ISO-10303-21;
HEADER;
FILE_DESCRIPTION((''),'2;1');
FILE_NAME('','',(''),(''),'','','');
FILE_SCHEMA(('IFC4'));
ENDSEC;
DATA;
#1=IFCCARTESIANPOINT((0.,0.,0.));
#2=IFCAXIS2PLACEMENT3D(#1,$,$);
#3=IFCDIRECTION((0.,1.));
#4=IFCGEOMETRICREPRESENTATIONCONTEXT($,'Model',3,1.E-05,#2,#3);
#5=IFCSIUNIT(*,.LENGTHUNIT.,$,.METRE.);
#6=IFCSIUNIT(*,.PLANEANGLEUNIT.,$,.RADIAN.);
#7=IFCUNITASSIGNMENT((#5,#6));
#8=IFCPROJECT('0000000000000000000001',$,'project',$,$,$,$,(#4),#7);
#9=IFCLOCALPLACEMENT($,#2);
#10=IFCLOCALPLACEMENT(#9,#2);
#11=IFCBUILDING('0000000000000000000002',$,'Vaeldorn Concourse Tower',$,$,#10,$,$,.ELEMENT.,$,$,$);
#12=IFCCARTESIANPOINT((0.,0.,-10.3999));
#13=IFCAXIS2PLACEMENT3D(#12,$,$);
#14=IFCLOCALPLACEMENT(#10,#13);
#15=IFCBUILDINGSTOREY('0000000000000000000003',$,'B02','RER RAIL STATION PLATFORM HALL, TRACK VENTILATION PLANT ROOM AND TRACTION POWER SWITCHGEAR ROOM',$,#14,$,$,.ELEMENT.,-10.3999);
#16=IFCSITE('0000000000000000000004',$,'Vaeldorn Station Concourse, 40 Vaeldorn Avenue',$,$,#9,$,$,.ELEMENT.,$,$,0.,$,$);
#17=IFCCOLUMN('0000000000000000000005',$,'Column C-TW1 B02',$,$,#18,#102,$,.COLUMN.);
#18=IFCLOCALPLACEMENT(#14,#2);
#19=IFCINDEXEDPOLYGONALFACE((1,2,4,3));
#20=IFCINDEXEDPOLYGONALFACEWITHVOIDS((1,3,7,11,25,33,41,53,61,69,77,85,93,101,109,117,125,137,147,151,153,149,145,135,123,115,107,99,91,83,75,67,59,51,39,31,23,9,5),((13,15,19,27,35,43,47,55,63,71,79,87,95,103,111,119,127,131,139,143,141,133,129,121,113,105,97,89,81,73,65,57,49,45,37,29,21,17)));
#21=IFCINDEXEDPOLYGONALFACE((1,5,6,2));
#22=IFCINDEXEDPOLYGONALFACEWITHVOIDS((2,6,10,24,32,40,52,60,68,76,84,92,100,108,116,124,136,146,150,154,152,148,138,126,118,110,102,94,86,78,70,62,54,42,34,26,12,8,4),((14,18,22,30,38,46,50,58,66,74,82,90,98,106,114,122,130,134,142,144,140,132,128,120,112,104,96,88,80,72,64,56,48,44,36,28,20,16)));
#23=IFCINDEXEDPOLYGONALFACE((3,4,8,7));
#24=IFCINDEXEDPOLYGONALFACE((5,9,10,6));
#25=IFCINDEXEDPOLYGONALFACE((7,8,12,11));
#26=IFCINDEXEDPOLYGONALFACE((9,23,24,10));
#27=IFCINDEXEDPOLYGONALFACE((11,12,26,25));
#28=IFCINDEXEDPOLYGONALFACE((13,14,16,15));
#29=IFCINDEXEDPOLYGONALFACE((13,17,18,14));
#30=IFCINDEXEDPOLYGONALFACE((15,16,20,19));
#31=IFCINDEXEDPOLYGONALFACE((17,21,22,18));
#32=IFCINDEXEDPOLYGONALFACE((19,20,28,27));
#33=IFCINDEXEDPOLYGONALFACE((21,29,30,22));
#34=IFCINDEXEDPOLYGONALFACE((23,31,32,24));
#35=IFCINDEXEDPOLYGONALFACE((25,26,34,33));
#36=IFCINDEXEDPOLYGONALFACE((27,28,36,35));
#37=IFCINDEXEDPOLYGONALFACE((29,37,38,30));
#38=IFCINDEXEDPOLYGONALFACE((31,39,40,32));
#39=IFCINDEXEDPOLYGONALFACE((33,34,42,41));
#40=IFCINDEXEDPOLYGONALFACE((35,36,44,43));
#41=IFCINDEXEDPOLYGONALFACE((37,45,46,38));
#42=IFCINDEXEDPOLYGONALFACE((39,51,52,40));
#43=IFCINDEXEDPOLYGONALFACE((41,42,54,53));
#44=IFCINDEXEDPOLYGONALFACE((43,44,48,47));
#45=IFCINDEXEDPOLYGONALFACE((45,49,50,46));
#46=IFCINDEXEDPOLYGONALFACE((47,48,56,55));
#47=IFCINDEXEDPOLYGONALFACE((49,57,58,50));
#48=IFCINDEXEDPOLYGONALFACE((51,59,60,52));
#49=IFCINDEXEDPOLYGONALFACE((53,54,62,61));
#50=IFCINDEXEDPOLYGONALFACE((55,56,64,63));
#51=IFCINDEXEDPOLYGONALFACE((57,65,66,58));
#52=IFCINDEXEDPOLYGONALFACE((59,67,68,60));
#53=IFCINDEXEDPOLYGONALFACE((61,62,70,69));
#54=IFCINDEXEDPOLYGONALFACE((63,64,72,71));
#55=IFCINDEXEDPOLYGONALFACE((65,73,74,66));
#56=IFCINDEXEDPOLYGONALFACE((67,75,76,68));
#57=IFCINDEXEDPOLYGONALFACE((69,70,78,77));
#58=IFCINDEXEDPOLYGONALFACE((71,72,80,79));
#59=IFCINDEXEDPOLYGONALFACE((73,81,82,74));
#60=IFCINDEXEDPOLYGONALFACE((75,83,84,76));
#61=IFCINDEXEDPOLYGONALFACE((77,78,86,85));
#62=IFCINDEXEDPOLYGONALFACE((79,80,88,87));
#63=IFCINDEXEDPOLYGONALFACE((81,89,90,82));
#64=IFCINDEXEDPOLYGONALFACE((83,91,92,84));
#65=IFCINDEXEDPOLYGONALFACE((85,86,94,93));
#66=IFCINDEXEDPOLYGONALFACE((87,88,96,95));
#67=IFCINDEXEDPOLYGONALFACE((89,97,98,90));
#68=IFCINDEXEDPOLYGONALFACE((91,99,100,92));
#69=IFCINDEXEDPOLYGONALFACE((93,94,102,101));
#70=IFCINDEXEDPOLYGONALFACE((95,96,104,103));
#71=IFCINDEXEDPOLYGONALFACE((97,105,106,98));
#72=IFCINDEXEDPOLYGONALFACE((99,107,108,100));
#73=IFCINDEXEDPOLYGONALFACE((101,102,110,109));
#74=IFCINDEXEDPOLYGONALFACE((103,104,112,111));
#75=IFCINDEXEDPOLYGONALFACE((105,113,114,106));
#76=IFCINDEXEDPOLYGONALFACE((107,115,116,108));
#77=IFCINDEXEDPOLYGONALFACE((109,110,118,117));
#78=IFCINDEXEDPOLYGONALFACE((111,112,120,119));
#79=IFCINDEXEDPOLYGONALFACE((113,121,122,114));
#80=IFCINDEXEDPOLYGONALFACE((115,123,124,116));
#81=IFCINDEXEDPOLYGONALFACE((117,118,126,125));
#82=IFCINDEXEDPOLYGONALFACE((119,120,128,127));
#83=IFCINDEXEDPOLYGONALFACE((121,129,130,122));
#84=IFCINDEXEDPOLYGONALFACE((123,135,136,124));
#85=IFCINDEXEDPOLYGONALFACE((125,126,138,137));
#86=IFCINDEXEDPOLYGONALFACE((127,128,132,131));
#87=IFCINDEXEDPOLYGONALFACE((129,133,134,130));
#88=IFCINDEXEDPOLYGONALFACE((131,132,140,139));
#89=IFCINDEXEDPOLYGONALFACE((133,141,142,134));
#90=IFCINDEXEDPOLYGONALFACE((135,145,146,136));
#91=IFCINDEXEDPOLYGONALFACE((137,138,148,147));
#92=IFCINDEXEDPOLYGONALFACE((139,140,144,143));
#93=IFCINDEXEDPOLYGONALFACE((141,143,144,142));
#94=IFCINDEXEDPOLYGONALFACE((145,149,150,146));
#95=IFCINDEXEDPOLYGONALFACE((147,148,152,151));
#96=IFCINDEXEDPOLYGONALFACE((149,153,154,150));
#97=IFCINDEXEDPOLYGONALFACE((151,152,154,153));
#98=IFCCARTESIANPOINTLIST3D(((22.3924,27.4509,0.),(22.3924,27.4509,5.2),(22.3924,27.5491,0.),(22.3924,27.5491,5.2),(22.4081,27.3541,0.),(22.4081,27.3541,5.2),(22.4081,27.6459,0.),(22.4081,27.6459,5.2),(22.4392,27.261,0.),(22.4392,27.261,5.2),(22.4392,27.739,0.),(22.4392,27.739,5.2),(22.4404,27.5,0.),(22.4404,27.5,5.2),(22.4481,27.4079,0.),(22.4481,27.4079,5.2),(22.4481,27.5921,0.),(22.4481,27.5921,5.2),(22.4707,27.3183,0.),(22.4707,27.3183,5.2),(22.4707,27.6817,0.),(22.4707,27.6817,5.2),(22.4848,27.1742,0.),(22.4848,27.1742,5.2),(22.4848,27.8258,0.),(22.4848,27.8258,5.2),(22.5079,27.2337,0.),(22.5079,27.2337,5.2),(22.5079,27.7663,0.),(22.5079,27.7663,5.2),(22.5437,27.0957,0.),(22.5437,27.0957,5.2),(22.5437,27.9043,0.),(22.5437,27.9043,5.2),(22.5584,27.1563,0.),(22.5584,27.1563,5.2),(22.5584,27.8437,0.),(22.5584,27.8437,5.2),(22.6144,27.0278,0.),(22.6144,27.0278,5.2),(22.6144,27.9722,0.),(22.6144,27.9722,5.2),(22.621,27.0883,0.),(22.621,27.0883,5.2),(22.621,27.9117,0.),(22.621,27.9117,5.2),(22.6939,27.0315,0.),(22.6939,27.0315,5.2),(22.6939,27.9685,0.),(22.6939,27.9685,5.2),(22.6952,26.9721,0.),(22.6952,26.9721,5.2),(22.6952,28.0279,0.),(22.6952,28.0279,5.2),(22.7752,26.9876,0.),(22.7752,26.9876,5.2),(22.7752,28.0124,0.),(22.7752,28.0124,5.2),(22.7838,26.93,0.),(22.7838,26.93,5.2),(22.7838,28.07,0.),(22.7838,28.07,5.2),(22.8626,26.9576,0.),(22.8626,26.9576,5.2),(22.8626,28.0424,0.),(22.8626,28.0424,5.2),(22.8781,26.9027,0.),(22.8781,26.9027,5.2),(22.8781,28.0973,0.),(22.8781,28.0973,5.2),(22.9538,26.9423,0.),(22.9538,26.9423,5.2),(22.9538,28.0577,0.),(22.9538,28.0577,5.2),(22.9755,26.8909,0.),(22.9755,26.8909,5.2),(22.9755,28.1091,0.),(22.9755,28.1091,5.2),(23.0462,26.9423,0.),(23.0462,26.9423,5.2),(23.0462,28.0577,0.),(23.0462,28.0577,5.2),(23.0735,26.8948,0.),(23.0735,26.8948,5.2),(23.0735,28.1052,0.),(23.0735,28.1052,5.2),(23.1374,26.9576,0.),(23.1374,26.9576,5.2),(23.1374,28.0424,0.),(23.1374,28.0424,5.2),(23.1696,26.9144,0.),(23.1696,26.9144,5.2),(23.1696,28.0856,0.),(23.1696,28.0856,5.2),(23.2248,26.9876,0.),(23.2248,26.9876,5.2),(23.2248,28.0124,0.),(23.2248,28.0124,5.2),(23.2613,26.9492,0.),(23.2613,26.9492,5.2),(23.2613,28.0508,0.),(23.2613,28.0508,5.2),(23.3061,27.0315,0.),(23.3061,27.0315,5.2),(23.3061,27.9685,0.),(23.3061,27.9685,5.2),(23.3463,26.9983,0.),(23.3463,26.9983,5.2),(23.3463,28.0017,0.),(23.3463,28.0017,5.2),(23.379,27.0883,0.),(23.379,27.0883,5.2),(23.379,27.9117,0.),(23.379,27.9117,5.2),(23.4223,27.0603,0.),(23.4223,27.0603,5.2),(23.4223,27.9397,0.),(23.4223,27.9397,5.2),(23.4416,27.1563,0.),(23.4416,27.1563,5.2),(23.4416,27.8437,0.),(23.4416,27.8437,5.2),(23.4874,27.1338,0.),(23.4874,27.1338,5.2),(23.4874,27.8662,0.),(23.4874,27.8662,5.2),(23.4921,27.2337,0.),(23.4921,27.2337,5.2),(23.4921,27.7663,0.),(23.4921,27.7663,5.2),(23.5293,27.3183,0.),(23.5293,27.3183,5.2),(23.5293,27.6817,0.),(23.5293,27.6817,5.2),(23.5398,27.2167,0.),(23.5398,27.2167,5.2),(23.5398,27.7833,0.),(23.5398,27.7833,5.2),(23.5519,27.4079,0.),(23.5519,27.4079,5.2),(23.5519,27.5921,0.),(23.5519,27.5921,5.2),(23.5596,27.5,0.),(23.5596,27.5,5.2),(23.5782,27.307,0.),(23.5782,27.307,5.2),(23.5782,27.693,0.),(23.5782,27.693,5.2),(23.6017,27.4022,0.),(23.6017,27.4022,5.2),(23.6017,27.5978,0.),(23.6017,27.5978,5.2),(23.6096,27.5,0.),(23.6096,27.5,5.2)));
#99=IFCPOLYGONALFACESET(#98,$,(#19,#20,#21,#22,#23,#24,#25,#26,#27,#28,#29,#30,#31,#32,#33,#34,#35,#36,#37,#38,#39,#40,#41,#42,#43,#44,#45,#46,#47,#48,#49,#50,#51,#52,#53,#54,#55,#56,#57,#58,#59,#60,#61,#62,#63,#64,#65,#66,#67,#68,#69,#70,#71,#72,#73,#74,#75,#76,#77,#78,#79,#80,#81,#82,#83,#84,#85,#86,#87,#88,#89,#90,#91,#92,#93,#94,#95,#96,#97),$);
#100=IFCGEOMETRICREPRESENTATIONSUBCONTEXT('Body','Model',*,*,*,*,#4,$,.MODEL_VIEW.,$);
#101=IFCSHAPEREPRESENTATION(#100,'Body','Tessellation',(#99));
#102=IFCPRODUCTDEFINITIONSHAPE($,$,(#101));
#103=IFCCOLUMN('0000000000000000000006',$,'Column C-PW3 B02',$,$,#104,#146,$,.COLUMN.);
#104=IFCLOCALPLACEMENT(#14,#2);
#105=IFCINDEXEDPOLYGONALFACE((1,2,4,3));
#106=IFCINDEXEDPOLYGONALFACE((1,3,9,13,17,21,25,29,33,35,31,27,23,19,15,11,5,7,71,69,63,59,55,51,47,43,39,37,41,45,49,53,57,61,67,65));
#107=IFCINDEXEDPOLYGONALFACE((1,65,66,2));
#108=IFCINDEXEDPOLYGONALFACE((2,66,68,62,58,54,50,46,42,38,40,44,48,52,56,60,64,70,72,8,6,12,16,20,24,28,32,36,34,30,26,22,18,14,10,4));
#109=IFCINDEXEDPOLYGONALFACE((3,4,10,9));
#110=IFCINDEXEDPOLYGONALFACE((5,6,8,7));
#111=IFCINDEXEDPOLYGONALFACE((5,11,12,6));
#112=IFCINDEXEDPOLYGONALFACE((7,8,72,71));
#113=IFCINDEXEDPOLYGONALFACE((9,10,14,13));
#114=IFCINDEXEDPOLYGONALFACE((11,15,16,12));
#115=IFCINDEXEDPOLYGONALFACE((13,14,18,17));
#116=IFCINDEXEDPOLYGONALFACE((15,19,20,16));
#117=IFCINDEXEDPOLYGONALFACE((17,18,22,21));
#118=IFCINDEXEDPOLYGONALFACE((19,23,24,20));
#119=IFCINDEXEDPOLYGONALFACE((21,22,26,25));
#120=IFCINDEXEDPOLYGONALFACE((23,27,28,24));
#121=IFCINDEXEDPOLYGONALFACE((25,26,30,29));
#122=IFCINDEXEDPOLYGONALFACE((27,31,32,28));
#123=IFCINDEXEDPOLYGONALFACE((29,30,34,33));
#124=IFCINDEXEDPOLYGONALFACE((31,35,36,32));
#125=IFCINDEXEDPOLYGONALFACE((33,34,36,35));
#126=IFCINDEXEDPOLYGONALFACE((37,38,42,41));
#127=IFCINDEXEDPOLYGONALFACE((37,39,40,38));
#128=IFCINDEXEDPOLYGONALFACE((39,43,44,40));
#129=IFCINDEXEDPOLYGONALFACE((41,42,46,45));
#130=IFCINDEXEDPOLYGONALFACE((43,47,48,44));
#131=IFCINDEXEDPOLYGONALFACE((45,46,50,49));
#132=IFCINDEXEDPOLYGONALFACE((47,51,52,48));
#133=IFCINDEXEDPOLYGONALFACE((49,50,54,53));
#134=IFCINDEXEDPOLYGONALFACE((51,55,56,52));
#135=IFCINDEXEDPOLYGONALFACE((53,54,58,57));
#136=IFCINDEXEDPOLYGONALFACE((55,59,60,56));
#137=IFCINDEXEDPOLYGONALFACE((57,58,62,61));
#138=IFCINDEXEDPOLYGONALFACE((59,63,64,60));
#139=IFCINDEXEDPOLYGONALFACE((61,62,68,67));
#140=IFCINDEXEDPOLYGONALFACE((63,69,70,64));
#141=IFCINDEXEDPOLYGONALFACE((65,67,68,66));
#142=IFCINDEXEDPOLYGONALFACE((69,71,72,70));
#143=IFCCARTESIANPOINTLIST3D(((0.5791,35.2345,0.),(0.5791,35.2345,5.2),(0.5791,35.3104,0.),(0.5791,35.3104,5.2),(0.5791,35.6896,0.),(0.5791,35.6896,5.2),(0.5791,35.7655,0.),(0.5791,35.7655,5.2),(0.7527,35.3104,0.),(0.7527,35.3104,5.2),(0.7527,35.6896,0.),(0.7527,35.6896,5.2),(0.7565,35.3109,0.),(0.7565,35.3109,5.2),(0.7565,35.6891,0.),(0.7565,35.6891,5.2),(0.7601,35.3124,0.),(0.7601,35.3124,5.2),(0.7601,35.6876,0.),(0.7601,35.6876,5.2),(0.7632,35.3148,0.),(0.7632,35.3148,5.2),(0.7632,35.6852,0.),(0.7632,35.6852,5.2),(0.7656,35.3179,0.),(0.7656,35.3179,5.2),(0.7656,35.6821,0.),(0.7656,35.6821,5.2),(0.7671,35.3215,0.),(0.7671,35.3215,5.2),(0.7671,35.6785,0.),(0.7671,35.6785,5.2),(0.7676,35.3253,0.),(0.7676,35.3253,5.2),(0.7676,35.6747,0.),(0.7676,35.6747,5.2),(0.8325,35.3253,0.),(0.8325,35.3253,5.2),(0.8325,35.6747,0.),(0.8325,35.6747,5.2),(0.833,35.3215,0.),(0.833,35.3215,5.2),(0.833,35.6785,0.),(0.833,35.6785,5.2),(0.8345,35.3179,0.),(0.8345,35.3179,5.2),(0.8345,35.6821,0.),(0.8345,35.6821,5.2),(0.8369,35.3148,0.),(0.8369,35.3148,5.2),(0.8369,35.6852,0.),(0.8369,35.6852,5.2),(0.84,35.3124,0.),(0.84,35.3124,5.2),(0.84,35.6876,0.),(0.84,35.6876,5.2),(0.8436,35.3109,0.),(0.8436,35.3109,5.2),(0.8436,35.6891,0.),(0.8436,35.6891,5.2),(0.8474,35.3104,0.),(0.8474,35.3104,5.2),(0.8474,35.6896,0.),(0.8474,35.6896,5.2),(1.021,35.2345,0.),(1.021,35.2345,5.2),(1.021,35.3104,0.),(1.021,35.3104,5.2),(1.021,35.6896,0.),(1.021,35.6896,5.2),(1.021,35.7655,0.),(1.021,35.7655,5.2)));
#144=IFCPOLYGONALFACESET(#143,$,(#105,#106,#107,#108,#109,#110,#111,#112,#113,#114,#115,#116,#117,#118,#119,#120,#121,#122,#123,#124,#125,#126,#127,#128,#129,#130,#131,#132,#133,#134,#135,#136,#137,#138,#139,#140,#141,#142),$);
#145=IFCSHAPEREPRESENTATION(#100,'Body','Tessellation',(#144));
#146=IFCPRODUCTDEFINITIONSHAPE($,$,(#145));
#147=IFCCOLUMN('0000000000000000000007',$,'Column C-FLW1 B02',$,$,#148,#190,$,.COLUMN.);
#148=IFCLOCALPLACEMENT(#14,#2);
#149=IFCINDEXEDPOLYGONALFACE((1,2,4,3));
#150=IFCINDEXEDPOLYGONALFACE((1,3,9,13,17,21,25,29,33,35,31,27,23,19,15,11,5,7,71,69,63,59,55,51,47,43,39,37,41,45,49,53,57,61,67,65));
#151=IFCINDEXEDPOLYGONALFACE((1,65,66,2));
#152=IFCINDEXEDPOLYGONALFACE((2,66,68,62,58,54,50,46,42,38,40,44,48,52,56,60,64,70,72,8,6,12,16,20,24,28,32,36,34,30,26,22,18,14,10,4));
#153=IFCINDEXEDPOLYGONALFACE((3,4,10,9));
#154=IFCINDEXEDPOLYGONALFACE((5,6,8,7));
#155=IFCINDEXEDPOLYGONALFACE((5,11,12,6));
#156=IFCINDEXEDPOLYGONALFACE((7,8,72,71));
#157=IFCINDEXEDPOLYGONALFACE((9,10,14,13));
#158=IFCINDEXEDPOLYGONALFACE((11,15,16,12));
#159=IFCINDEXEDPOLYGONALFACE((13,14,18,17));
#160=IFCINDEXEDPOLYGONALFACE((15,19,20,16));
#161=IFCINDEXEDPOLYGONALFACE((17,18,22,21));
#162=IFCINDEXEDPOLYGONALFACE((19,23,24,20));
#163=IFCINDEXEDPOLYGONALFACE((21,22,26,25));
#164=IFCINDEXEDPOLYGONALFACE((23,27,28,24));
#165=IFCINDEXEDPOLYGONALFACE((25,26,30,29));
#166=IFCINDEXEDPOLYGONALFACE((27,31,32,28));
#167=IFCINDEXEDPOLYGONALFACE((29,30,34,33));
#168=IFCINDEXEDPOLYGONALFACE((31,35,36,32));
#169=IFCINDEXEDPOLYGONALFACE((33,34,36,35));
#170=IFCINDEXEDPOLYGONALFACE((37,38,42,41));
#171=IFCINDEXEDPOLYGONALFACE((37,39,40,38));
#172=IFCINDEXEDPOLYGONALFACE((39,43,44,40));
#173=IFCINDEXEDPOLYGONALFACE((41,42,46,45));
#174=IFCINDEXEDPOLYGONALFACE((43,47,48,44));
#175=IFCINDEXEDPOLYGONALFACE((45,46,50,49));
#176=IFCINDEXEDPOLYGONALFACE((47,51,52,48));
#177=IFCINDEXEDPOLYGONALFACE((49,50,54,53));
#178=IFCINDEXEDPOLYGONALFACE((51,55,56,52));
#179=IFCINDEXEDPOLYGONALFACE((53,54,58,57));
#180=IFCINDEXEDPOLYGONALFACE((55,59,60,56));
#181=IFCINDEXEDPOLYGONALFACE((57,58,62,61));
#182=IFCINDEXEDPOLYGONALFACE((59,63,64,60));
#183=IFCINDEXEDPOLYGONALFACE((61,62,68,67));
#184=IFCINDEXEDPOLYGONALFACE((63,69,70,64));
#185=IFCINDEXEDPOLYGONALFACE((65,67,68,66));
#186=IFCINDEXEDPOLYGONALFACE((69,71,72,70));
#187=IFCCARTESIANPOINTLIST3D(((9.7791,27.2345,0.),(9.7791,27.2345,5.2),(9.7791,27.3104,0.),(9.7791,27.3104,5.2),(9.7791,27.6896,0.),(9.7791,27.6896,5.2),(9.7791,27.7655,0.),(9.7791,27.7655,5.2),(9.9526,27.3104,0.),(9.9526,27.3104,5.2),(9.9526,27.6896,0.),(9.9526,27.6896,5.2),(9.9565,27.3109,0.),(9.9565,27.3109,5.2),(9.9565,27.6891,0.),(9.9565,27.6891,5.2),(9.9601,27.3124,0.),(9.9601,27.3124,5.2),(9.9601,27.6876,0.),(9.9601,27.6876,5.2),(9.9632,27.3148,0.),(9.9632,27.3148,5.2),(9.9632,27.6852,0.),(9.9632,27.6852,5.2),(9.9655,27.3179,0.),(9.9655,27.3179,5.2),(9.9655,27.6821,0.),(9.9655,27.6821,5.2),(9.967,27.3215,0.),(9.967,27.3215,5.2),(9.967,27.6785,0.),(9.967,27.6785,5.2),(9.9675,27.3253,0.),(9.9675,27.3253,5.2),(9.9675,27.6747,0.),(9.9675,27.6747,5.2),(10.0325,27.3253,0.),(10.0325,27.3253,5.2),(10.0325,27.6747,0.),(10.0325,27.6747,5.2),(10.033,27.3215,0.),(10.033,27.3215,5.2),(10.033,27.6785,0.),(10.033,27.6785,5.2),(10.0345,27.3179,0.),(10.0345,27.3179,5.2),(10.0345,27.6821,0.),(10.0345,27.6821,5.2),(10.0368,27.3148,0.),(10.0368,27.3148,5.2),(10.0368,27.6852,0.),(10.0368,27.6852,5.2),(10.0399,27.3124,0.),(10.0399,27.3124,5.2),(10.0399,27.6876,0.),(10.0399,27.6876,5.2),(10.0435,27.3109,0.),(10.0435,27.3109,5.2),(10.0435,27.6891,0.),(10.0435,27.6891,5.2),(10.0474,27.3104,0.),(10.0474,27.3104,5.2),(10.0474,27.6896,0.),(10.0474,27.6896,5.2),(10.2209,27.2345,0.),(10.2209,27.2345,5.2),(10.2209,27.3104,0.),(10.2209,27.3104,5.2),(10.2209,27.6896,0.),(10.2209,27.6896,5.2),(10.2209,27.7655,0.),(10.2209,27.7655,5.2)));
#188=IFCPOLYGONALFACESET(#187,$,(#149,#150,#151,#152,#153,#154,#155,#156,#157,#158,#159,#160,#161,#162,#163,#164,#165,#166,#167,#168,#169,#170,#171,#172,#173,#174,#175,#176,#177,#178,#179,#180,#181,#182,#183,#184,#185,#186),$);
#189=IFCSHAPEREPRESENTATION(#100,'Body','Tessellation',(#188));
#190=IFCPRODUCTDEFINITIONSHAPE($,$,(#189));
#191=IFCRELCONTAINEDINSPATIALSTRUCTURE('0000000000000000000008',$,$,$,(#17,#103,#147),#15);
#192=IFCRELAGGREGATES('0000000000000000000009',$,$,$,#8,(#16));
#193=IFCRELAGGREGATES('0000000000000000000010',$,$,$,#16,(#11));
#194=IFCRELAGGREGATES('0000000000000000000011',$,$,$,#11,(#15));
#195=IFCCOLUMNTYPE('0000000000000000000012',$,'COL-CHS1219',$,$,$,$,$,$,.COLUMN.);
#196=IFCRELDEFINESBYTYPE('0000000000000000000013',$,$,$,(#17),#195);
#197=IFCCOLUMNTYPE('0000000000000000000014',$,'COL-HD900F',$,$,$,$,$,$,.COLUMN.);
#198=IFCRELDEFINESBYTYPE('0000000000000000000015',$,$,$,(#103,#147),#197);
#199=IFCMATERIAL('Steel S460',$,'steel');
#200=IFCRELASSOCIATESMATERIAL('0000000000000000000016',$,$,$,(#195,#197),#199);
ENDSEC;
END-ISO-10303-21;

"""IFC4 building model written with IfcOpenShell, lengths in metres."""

from ifc_helpers import new_model, si_unit, direction, frame, origin, origin_2d, place, context, subcontext, project, spatial, hollow_circle, i_section, extrude, source, transform, mapped, material, material_profile, profile_set, type_object, element, save


model = new_model("IFC4")

# Units and contexts
model_context = context("Model", 3, precision=1e-05, world=origin(), true_north=direction((0.0, 1.0)))
body_context = subcontext(model_context, "Body", "Model", "MODEL_VIEW")
ifc_project = project(units=[si_unit("LENGTHUNIT", "METRE"), si_unit("PLANEANGLEUNIT", "RADIAN")], contexts=[model_context])

# Site, building, storey
site_placement = place(None, origin())
site = spatial("IfcSite", under=ifc_project, at=site_placement, Name="Vaeldorn Station Concourse, 40 Vaeldorn Avenue", CompositionType="ELEMENT", RefElevation=0.0)
building_placement = place(site_placement, origin())
building = spatial("IfcBuilding", under=site, at=building_placement, Name="Vaeldorn Concourse Tower", CompositionType="ELEMENT")
storey_placement = place(building_placement, frame((0.0, 0.0, -10.3999)))
storey = spatial("IfcBuildingStorey", under=building, at=storey_placement, Name="B02", Description="RER RAIL STATION PLATFORM HALL, TRACK VENTILATION PLANT ROOM AND TRACTION POWER SWITCHGEAR ROOM", CompositionType="ELEMENT", Elevation=-10.3999)

# Columns
ifc_material_1 = material(Name="Steel S460", Category="steel")
ifc_material_profile_1 = material_profile(ifc_material_1, hollow_circle(Radius=0.6096, WallThickness=0.05, at=origin_2d()), Name="CHS 1219x50")
ifc_profile_set_1 = profile_set([ifc_material_profile_1], Name="Steel S460")
column_type_1 = type_object("IfcColumnType", Name="COL-CHS1219", PredefinedType="COLUMN", material=ifc_profile_set_1)
shared_shape_1 = source(origin(), body_context, "Body", "SweptSolid", [
    extrude(hollow_circle(Radius=0.6096, WallThickness=0.05, at=origin_2d()), origin(), (0.0, 0.0, 1.0), 5.2),
])
for number, where, z_axis, x_axis, name in (
    (1, (23.0, 27.5, 0.0), (0.0, 0.0, 1.0), (1.0, 0.0, 0.0), "Column C-TW1 B02"),
):
    element("IfcColumn", number, at=place(storey_placement, frame(where, z_axis=z_axis, x_axis=x_axis)), inside=storey, type_object=column_type_1, Name=name, PredefinedType="COLUMN", context=body_context, shape_type="MappedRepresentation", body=[
        mapped(shared_shape_1, transform((0.0, 0.0, 0.0), scale=1.0)),
    ])
ifc_material_profile_2 = material_profile(ifc_material_1, i_section(OverallWidth=0.4419, OverallDepth=0.531, WebThickness=0.0649, FlangeThickness=0.0759, FilletRadius=0.0149, at=origin_2d()), Name="HD 400x900")
ifc_profile_set_2 = profile_set([ifc_material_profile_2], Name="Steel S460")
column_type_2 = type_object("IfcColumnType", Name="COL-HD900F", PredefinedType="COLUMN", material=ifc_profile_set_2)
shared_shape_2 = source(origin(), body_context, "Body", "SweptSolid", [
    extrude(i_section(OverallWidth=0.4419, OverallDepth=0.531, WebThickness=0.0649, FlangeThickness=0.0759, FilletRadius=0.0149, at=origin_2d()), origin(), (0.0, 0.0, 1.0), 5.2),
])
for number, where, z_axis, x_axis, name in (
    (2, (0.8, 35.5, 0.0), (0.0, 0.0, 1.0), (1.0, 0.0, 0.0), "Column C-PW3 B02"),
    (3, (10.0, 27.5, 0.0), (0.0, 0.0, 1.0), (1.0, 0.0, 0.0), "Column C-FLW1 B02"),
):
    element("IfcColumn", number, at=place(storey_placement, frame(where, z_axis=z_axis, x_axis=x_axis)), inside=storey, type_object=column_type_2, Name=name, PredefinedType="COLUMN", context=body_context, shape_type="MappedRepresentation", body=[
        mapped(shared_shape_2, transform((0.0, 0.0, 0.0), scale=1.0)),
    ])

save(model, "model.ifc")
